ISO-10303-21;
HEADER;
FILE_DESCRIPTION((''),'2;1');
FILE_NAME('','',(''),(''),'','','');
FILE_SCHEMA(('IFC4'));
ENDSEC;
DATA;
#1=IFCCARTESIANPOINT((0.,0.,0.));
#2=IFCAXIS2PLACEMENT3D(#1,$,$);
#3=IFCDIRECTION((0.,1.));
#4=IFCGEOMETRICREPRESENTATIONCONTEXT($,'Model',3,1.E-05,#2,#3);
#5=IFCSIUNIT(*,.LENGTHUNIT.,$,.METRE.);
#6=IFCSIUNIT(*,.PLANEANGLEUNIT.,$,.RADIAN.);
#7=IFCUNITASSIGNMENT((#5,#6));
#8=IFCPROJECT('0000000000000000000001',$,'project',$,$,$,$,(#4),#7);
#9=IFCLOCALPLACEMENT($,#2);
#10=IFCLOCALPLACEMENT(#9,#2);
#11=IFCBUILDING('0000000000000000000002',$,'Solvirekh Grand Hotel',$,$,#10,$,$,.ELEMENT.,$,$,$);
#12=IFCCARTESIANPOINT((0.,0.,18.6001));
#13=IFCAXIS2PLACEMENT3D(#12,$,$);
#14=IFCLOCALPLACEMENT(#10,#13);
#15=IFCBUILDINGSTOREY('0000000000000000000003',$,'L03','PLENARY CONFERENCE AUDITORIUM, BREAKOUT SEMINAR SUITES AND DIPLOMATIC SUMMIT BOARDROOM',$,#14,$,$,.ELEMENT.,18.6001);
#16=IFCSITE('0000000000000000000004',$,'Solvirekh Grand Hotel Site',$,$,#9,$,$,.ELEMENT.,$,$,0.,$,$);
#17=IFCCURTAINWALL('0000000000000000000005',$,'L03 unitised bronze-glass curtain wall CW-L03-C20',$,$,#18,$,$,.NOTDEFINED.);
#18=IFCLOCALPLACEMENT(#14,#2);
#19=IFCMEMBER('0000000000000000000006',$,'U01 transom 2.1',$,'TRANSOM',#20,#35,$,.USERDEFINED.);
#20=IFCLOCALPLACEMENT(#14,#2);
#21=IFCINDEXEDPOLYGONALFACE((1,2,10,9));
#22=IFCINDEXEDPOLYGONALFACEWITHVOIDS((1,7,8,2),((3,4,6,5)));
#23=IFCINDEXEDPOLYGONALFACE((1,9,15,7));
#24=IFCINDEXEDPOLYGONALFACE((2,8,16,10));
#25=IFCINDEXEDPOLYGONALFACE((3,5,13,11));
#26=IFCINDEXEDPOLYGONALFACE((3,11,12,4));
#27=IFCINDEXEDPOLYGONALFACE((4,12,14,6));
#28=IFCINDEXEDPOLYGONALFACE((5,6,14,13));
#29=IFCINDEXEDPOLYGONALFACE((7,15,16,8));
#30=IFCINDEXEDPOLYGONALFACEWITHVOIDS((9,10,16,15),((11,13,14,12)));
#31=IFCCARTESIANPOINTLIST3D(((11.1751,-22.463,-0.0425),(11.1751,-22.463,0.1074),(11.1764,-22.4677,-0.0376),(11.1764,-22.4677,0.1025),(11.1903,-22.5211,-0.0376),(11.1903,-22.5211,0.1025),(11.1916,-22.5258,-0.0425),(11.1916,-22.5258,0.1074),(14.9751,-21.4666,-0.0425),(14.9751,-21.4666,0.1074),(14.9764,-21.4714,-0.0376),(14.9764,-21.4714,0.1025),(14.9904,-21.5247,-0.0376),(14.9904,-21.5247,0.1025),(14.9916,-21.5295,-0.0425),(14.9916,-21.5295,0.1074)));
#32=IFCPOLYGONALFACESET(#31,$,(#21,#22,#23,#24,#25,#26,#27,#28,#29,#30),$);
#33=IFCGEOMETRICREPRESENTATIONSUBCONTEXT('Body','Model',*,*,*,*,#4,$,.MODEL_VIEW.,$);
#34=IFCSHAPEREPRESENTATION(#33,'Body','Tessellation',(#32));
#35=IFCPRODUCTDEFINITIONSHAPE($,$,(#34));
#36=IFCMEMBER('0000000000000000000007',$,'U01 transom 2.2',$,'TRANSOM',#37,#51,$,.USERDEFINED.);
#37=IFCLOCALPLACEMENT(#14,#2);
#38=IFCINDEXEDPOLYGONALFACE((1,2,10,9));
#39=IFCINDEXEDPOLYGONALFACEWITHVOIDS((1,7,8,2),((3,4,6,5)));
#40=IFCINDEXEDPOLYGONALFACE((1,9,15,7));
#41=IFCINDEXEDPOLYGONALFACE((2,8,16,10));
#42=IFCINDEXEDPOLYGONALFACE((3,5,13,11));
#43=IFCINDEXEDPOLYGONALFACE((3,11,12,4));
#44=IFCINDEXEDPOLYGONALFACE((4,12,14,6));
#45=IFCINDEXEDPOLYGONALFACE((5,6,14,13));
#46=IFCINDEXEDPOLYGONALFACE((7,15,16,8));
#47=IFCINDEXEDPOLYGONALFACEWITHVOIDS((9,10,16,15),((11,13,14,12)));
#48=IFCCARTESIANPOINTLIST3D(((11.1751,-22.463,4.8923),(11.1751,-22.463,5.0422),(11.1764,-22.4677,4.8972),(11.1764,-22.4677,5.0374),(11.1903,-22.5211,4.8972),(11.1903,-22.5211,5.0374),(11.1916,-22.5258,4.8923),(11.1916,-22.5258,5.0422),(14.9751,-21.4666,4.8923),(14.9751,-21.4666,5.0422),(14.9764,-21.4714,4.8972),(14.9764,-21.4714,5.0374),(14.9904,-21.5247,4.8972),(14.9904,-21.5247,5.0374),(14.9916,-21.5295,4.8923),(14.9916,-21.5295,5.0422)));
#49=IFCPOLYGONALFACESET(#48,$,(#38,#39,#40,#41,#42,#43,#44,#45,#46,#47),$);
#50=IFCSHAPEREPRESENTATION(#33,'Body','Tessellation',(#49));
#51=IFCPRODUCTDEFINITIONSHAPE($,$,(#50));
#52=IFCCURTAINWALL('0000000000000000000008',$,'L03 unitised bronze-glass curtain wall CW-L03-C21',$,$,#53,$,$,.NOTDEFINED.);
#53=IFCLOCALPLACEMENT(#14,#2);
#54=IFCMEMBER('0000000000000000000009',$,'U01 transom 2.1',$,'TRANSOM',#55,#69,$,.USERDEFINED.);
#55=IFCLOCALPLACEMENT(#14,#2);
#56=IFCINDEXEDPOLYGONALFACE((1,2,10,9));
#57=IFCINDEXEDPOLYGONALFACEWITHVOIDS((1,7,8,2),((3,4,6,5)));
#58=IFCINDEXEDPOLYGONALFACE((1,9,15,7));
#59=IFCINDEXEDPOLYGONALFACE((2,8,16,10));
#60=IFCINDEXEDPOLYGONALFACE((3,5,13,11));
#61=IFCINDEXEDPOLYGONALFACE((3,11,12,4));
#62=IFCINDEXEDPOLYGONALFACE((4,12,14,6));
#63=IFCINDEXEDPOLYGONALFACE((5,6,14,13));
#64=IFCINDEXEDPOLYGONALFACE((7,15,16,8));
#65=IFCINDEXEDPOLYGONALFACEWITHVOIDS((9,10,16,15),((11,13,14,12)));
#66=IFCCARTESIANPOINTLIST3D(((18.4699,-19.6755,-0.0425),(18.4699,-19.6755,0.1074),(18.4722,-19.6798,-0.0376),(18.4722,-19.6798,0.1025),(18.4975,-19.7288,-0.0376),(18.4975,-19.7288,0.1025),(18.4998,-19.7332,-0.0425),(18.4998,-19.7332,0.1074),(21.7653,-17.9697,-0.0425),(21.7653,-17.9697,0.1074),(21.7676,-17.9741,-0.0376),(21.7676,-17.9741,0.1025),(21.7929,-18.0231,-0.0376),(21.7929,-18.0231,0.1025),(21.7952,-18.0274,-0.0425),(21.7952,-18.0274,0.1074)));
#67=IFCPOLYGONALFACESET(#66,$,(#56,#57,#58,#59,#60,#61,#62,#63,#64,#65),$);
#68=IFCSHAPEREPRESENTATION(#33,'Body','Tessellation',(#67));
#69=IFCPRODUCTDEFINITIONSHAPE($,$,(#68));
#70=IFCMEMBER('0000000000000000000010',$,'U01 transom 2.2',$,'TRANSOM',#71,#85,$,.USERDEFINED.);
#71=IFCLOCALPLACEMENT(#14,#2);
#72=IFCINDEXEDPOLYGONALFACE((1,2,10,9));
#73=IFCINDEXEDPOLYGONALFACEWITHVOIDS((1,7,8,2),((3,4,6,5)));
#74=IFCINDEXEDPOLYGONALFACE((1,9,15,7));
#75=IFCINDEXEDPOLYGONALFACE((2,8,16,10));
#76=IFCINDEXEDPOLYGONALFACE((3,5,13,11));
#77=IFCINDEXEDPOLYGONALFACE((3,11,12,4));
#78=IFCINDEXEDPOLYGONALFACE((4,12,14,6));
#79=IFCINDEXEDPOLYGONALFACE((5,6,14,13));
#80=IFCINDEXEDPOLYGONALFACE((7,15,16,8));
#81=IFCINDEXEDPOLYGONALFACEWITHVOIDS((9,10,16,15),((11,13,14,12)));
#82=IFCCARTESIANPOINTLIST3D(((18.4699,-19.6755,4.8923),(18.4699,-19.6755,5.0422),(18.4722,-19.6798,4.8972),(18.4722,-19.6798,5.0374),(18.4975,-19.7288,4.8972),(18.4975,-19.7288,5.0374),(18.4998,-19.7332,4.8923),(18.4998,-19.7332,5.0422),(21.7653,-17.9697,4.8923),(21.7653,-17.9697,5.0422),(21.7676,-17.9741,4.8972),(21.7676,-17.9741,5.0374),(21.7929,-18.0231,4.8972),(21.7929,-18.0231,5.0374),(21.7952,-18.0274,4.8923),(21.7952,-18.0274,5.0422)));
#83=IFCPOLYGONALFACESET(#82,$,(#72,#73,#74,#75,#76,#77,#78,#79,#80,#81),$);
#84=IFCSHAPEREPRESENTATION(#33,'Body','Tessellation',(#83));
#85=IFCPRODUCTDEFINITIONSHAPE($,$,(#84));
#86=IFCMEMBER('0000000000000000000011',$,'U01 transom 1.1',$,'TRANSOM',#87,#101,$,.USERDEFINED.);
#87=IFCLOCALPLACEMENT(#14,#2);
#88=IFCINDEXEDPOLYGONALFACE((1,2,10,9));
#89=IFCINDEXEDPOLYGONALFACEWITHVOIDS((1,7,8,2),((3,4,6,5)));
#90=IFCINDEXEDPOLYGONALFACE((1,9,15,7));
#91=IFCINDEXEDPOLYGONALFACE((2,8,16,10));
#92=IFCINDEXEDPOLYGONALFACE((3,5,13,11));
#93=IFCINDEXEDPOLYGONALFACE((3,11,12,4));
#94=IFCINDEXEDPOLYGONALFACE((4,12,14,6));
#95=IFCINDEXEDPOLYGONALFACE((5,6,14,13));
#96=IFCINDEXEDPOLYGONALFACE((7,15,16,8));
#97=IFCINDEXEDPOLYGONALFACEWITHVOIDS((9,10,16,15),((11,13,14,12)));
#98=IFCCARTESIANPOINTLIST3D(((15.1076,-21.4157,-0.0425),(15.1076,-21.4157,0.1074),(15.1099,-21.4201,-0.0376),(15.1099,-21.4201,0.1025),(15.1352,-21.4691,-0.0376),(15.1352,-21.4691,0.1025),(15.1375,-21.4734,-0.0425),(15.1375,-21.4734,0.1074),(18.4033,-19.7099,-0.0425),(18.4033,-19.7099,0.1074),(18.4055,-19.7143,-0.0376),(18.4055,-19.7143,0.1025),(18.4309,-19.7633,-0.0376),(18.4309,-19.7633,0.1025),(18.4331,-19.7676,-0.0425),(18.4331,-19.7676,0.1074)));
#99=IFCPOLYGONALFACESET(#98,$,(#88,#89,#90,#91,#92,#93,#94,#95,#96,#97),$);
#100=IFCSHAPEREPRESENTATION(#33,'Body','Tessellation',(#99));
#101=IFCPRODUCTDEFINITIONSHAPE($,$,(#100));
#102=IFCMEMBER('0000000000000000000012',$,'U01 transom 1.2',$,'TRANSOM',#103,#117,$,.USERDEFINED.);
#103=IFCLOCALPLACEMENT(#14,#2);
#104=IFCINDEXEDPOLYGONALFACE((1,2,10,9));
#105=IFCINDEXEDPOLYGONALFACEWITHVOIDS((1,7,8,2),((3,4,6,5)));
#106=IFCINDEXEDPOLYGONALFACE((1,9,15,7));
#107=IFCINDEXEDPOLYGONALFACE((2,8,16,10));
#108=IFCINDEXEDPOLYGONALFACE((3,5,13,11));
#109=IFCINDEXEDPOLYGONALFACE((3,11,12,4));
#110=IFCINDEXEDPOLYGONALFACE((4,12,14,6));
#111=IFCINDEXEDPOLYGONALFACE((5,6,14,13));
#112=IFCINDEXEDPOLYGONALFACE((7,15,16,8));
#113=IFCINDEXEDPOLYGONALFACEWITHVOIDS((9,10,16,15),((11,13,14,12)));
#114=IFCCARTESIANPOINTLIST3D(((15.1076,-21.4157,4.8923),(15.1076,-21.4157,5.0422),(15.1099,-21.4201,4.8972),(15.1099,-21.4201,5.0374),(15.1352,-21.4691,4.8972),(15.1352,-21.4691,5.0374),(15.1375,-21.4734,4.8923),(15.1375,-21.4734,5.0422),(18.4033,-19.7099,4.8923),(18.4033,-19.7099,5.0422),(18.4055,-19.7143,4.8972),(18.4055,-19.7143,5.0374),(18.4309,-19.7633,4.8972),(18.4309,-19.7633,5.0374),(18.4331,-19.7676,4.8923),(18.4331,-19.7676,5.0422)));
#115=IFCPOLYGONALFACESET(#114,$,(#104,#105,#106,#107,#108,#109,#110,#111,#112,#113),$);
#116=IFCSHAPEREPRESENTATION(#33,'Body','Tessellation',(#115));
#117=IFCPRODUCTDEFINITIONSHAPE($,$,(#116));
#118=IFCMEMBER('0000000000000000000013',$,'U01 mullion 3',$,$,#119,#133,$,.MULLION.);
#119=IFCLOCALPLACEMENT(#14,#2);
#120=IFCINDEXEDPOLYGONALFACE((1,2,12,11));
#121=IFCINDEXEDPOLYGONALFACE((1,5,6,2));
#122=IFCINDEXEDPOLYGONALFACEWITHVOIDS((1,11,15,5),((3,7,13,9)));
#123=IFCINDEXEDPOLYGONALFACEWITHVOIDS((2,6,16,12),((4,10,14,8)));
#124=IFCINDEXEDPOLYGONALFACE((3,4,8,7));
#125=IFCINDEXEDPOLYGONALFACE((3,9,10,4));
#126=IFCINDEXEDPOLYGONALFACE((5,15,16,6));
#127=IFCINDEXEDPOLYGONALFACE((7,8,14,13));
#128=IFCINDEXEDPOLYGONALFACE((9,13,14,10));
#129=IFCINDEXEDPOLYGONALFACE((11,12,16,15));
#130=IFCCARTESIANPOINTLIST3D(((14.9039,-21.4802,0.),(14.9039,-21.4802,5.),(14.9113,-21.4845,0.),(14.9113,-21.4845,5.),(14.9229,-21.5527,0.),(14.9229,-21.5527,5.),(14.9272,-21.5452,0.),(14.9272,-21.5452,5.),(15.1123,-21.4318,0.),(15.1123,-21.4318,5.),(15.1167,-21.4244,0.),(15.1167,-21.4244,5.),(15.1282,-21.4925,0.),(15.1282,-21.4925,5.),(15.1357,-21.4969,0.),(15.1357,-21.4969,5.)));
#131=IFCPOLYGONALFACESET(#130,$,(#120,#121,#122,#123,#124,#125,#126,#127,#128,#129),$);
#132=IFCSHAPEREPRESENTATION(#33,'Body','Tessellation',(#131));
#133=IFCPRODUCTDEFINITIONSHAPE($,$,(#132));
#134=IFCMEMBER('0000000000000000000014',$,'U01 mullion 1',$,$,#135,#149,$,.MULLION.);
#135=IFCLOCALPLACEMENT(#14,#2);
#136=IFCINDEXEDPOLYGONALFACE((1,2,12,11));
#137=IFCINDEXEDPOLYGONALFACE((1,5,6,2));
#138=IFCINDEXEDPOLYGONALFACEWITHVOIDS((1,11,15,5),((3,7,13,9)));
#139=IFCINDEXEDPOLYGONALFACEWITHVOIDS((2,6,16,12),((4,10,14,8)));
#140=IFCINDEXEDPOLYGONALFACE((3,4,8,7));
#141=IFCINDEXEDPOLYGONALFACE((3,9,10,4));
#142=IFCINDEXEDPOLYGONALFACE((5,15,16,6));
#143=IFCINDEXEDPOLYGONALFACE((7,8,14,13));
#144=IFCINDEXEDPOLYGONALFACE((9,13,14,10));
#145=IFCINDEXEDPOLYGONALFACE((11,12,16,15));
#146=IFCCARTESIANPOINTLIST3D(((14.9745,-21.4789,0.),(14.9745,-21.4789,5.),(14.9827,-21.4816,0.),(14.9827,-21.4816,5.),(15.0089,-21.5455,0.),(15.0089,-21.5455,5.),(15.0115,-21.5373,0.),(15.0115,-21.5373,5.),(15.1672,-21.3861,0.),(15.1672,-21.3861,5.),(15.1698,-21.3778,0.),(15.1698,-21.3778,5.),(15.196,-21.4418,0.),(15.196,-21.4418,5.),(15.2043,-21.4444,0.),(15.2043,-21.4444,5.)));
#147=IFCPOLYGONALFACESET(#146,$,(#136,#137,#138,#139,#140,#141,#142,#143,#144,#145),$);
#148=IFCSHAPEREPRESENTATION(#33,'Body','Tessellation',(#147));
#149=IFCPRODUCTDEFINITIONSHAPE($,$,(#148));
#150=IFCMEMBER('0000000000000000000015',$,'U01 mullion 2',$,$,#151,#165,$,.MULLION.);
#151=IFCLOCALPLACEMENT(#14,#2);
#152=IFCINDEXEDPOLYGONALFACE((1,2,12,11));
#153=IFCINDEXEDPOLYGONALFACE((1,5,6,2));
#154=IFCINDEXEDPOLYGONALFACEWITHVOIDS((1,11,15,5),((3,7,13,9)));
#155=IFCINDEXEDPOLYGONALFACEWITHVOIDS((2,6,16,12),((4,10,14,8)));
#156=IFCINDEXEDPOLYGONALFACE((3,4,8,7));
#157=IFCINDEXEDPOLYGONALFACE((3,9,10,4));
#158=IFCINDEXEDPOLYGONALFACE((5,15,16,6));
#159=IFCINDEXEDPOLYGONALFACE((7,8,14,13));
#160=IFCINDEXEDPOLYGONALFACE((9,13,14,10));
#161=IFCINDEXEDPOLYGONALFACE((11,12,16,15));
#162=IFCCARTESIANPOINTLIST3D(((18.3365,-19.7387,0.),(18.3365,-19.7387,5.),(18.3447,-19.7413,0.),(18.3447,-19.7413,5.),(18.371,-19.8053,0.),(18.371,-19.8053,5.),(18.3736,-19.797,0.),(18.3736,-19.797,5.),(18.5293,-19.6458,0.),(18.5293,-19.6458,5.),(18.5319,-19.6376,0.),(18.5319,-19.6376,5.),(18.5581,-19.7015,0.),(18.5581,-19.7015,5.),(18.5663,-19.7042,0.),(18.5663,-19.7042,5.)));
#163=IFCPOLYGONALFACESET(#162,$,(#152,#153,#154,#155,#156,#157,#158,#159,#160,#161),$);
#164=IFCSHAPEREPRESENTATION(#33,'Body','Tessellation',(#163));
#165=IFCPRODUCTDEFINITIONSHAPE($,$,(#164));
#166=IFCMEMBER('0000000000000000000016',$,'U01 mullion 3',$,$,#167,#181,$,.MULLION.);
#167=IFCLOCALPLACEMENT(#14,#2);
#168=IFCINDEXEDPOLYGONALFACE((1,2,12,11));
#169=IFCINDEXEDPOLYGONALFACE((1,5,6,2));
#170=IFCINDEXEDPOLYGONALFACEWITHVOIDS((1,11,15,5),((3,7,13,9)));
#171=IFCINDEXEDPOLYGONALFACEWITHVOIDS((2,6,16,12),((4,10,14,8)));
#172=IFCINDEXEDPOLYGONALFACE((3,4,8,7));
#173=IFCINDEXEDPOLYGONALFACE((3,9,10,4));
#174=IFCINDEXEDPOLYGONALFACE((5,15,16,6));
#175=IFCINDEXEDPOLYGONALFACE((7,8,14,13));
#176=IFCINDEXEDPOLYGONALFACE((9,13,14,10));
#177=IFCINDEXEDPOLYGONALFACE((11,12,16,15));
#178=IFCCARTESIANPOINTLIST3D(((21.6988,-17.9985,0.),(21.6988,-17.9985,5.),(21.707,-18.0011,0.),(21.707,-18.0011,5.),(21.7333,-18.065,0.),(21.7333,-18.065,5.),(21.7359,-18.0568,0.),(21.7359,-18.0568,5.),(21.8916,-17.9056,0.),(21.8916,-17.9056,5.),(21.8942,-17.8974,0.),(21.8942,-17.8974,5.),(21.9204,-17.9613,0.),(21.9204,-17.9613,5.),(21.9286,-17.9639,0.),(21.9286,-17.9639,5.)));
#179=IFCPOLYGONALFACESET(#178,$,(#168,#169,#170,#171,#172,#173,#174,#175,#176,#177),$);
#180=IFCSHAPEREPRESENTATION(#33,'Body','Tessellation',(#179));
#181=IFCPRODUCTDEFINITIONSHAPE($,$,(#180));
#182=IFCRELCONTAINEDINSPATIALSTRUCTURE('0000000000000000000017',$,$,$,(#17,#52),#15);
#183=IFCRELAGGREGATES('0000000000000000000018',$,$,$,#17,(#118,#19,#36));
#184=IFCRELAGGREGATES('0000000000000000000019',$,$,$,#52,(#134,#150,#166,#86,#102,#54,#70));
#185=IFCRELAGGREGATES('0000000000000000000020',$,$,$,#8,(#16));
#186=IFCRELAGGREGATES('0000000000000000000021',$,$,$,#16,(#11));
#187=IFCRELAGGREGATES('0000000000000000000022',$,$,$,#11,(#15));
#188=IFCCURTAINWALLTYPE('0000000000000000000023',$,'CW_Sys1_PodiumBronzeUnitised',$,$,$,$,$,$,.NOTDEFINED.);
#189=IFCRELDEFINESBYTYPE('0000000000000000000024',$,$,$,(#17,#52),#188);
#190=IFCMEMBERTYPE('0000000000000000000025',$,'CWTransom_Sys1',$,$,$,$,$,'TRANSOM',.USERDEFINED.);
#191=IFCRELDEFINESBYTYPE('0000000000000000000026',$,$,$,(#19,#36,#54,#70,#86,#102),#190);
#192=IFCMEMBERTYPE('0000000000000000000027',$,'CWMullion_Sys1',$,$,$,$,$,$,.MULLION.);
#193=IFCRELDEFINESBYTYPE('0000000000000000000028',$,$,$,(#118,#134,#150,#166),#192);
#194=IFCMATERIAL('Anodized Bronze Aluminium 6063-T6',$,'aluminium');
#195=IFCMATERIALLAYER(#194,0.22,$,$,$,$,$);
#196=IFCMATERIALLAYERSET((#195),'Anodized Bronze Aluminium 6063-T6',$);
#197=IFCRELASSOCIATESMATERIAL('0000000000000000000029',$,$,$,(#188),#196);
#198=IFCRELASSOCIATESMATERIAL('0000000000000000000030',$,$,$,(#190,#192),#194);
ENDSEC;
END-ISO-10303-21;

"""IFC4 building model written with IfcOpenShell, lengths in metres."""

from ifc_helpers import new_model, si_unit, direction, frame, origin, origin_2d, place, context, subcontext, project, spatial, hollow_rectangle, extrude, source, transform, mapped, material, layer, layer_set, material_profile, profile_set, type_object, element, aggregate, save


model = new_model("IFC4")

# Units and contexts
model_context = context("Model", 3, precision=1e-05, world=origin(), true_north=direction((0.0, 1.0)))
body_context = subcontext(model_context, "Body", "Model", "MODEL_VIEW")
ifc_project = project(units=[si_unit("LENGTHUNIT", "METRE"), si_unit("PLANEANGLEUNIT", "RADIAN")], contexts=[model_context])

# Site, building, storey
site_placement = place(None, origin())
site = spatial("IfcSite", under=ifc_project, at=site_placement, Name="Solvirekh Grand Hotel Site", CompositionType="ELEMENT", RefElevation=0.0)
building_placement = place(site_placement, origin())
building = spatial("IfcBuilding", under=site, at=building_placement, Name="Solvirekh Grand Hotel", CompositionType="ELEMENT")
storey_placement = place(building_placement, frame((0.0, 0.0, 18.6001)))
storey = spatial("IfcBuildingStorey", under=building, at=storey_placement, Name="L03", Description="PLENARY CONFERENCE AUDITORIUM, BREAKOUT SEMINAR SUITES AND DIPLOMATIC SUMMIT BOARDROOM", CompositionType="ELEMENT", Elevation=18.6001)

# Curtain walls, members
ifc_material_1 = material(Name="Anodized Bronze Aluminium 6063-T6", Category="aluminium")
ifc_layer_1 = layer(ifc_material_1, 0.22)
ifc_layer_set_1 = layer_set([ifc_layer_1], Name="Anodized Bronze Aluminium 6063-T6")
curtain_wall_type = type_object("IfcCurtainWallType", Name="CW_Sys1_PodiumBronzeUnitised", PredefinedType="NOTDEFINED", material=ifc_layer_set_1)
curtain_wall_1_placement = place(storey_placement, origin())
curtain_wall_1 = element("IfcCurtainWall", 1, at=curtain_wall_1_placement, inside=storey, type_object=curtain_wall_type, Name="L03 unitised bronze-glass curtain wall CW-L03-C20", PredefinedType="NOTDEFINED")
ifc_material_profile_1 = material_profile(ifc_material_1, hollow_rectangle(XDim=0.0649, YDim=0.1499, WallThickness=0.0049, at=origin_2d()), Name="ALU RHS 150X65X5")
ifc_profile_set_1 = profile_set([ifc_material_profile_1], Name="Anodized Bronze Aluminium 6063-T6")
member_type_1 = type_object("IfcMemberType", Name="CWTransom_Sys1", ElementType="TRANSOM", PredefinedType="USERDEFINED", material=ifc_profile_set_1)
shared_shape_1 = source(origin(), body_context, "Body", "SweptSolid", [
    extrude(hollow_rectangle(XDim=0.0649, YDim=0.1499, WallThickness=0.0049, at=origin_2d()), origin(), (0.0, 0.0, 1.0), 3.9285),
])
member_1_placement = place(storey_placement, frame((11.1833, -22.4944, 0.0325), z_axis=(0.967304, 0.253618, 0.0), x_axis=(-0.253618, 0.967304, 0.0)))
member_1 = element("IfcMember", 2, at=member_1_placement, type_object=member_type_1, Name="U01 transom 2.1", ObjectType="TRANSOM", PredefinedType="USERDEFINED", context=body_context, shape_type="MappedRepresentation", body=[
    mapped(shared_shape_1, transform((0.0, 0.0, 0.0), x_axis=(1.0, 0.0, 0.0), y_axis=(0.0, 1.0, 0.0), z_axis=(0.0, 0.0, 1.0), scale=1.0)),
])
member_2_placement = place(storey_placement, frame((11.1833, -22.4944, 4.9673), z_axis=(0.967304, 0.253618, 0.0), x_axis=(-0.253618, 0.967304, 0.0)))
member_2 = element("IfcMember", 3, at=member_2_placement, type_object=member_type_1, Name="U01 transom 2.2", ObjectType="TRANSOM", PredefinedType="USERDEFINED", context=body_context, shape_type="MappedRepresentation", body=[
    mapped(shared_shape_1, transform((0.0, 0.0, 0.0), x_axis=(1.0, 0.0, 0.0), y_axis=(0.0, 1.0, 0.0), z_axis=(0.0, 0.0, 1.0), scale=1.0)),
])
curtain_wall_2_placement = place(storey_placement, origin())
curtain_wall_2 = element("IfcCurtainWall", 4, at=curtain_wall_2_placement, inside=storey, type_object=curtain_wall_type, Name="L03 unitised bronze-glass curtain wall CW-L03-C21", PredefinedType="NOTDEFINED")
shared_shape_2 = source(origin(), body_context, "Body", "SweptSolid", [
    extrude(hollow_rectangle(XDim=0.0649, YDim=0.1499, WallThickness=0.0049, at=origin_2d()), origin(), (0.0, 0.0, 1.0), 3.7107),
])
member_3_placement = place(storey_placement, frame((18.4849, -19.7043, 0.0325), z_axis=(0.888076, 0.459697, 0.0), x_axis=(-0.459697, 0.888076, 0.0)))
member_3 = element("IfcMember", 5, at=member_3_placement, type_object=member_type_1, Name="U01 transom 2.1", ObjectType="TRANSOM", PredefinedType="USERDEFINED", context=body_context, shape_type="MappedRepresentation", body=[
    mapped(shared_shape_2, transform((0.0, 0.0, 0.0), x_axis=(1.0, 0.0, 0.0), y_axis=(0.0, 1.0, 0.0), z_axis=(0.0, 0.0, 1.0), scale=1.0)),
])
member_4_placement = place(storey_placement, frame((18.4849, -19.7043, 4.9673), z_axis=(0.888076, 0.459697, 0.0), x_axis=(-0.459697, 0.888076, 0.0)))
member_4 = element("IfcMember", 6, at=member_4_placement, type_object=member_type_1, Name="U01 transom 2.2", ObjectType="TRANSOM", PredefinedType="USERDEFINED", context=body_context, shape_type="MappedRepresentation", body=[
    mapped(shared_shape_2, transform((0.0, 0.0, 0.0), x_axis=(1.0, 0.0, 0.0), y_axis=(0.0, 1.0, 0.0), z_axis=(0.0, 0.0, 1.0), scale=1.0)),
])
shared_shape_3 = source(origin(), body_context, "Body", "SweptSolid", [
    extrude(hollow_rectangle(XDim=0.0649, YDim=0.1499, WallThickness=0.0049, at=origin_2d()), origin(), (0.0, 0.0, 1.0), 3.7109),
])
member_5_placement = place(storey_placement, frame((15.1226, -21.4446, 0.0325), z_axis=(0.88809, 0.45967, 0.0), x_axis=(-0.45967, 0.88809, 0.0)))
member_5 = element("IfcMember", 7, at=member_5_placement, type_object=member_type_1, Name="U01 transom 1.1", ObjectType="TRANSOM", PredefinedType="USERDEFINED", context=body_context, shape_type="MappedRepresentation", body=[
    mapped(shared_shape_3, transform((0.0, 0.0, 0.0), x_axis=(1.0, 0.0, 0.0), y_axis=(0.0, 1.0, 0.0), z_axis=(0.0, 0.0, 1.0), scale=1.0)),
])
member_6_placement = place(storey_placement, frame((15.1226, -21.4446, 4.9673), z_axis=(0.88809, 0.45967, 0.0), x_axis=(-0.45967, 0.88809, 0.0)))
member_6 = element("IfcMember", 8, at=member_6_placement, type_object=member_type_1, Name="U01 transom 1.2", ObjectType="TRANSOM", PredefinedType="USERDEFINED", context=body_context, shape_type="MappedRepresentation", body=[
    mapped(shared_shape_3, transform((0.0, 0.0, 0.0), x_axis=(1.0, 0.0, 0.0), y_axis=(0.0, 1.0, 0.0), z_axis=(0.0, 0.0, 1.0), scale=1.0)),
])

# Members
ifc_material_profile_2 = material_profile(ifc_material_1, hollow_rectangle(XDim=0.075, YDim=0.22, WallThickness=0.0061, at=origin_2d()), Name="ALU RHS 220X75X6")
ifc_profile_set_2 = profile_set([ifc_material_profile_2], Name="Anodized Bronze Aluminium 6063-T6")
member_type_2 = type_object("IfcMemberType", Name="CWMullion_Sys1", PredefinedType="MULLION", material=ifc_profile_set_2)
shared_shape_4 = source(origin(), body_context, "Body", "SweptSolid", [
    extrude(hollow_rectangle(XDim=0.075, YDim=0.22, WallThickness=0.0061, at=origin_2d()), origin(), (0.0, 0.0, 1.0), 5.0),
])
member_7_placement = place(storey_placement, frame((15.0198, -21.4885, 0.0), z_axis=(0.0, 0.0, 1.0), x_axis=(-0.253641, 0.967299, 0.0)))
member_7 = element("IfcMember", 9, at=member_7_placement, type_object=member_type_2, Name="U01 mullion 3", PredefinedType="MULLION", context=body_context, shape_type="MappedRepresentation", body=[
    mapped(shared_shape_4, transform((0.0, 0.0, 0.0), x_axis=(1.0, 0.0, 0.0), y_axis=(0.0, 1.0, 0.0), z_axis=(0.0, 0.0, 1.0), scale=1.0)),
])
member_8_placement = place(storey_placement, frame((15.0894, -21.4617, 0.0), z_axis=(0.0, 0.0, 1.0), x_axis=(-0.459672, 0.888089, 0.0)))
member_8 = element("IfcMember", 10, at=member_8_placement, type_object=member_type_2, Name="U01 mullion 1", PredefinedType="MULLION", context=body_context, shape_type="MappedRepresentation", body=[
    mapped(shared_shape_4, transform((0.0, 0.0, 0.0), x_axis=(1.0, 0.0, 0.0), y_axis=(0.0, 1.0, 0.0), z_axis=(0.0, 0.0, 1.0), scale=1.0)),
])
member_9_placement = place(storey_placement, frame((18.4514, -19.7214, 0.0), z_axis=(0.0, 0.0, 1.0), x_axis=(-0.459672, 0.888089, 0.0)))
member_9 = element("IfcMember", 11, at=member_9_placement, type_object=member_type_2, Name="U01 mullion 2", PredefinedType="MULLION", context=body_context, shape_type="MappedRepresentation", body=[
    mapped(shared_shape_4, transform((0.0, 0.0, 0.0), x_axis=(1.0, 0.0, 0.0), y_axis=(0.0, 1.0, 0.0), z_axis=(0.0, 0.0, 1.0), scale=1.0)),
])
member_10_placement = place(storey_placement, frame((21.8137, -17.9812, 0.0), z_axis=(0.0, 0.0, 1.0), x_axis=(-0.459672, 0.888089, 0.0)))
member_10 = element("IfcMember", 12, at=member_10_placement, type_object=member_type_2, Name="U01 mullion 3", PredefinedType="MULLION", context=body_context, shape_type="MappedRepresentation", body=[
    mapped(shared_shape_4, transform((0.0, 0.0, 0.0), x_axis=(1.0, 0.0, 0.0), y_axis=(0.0, 1.0, 0.0), z_axis=(0.0, 0.0, 1.0), scale=1.0)),
])

aggregate(curtain_wall_1, [member_7, member_1, member_2])
aggregate(curtain_wall_2, [member_8, member_9, member_10, member_5, member_6, member_3, member_4])

save(model, "model.ifc")
